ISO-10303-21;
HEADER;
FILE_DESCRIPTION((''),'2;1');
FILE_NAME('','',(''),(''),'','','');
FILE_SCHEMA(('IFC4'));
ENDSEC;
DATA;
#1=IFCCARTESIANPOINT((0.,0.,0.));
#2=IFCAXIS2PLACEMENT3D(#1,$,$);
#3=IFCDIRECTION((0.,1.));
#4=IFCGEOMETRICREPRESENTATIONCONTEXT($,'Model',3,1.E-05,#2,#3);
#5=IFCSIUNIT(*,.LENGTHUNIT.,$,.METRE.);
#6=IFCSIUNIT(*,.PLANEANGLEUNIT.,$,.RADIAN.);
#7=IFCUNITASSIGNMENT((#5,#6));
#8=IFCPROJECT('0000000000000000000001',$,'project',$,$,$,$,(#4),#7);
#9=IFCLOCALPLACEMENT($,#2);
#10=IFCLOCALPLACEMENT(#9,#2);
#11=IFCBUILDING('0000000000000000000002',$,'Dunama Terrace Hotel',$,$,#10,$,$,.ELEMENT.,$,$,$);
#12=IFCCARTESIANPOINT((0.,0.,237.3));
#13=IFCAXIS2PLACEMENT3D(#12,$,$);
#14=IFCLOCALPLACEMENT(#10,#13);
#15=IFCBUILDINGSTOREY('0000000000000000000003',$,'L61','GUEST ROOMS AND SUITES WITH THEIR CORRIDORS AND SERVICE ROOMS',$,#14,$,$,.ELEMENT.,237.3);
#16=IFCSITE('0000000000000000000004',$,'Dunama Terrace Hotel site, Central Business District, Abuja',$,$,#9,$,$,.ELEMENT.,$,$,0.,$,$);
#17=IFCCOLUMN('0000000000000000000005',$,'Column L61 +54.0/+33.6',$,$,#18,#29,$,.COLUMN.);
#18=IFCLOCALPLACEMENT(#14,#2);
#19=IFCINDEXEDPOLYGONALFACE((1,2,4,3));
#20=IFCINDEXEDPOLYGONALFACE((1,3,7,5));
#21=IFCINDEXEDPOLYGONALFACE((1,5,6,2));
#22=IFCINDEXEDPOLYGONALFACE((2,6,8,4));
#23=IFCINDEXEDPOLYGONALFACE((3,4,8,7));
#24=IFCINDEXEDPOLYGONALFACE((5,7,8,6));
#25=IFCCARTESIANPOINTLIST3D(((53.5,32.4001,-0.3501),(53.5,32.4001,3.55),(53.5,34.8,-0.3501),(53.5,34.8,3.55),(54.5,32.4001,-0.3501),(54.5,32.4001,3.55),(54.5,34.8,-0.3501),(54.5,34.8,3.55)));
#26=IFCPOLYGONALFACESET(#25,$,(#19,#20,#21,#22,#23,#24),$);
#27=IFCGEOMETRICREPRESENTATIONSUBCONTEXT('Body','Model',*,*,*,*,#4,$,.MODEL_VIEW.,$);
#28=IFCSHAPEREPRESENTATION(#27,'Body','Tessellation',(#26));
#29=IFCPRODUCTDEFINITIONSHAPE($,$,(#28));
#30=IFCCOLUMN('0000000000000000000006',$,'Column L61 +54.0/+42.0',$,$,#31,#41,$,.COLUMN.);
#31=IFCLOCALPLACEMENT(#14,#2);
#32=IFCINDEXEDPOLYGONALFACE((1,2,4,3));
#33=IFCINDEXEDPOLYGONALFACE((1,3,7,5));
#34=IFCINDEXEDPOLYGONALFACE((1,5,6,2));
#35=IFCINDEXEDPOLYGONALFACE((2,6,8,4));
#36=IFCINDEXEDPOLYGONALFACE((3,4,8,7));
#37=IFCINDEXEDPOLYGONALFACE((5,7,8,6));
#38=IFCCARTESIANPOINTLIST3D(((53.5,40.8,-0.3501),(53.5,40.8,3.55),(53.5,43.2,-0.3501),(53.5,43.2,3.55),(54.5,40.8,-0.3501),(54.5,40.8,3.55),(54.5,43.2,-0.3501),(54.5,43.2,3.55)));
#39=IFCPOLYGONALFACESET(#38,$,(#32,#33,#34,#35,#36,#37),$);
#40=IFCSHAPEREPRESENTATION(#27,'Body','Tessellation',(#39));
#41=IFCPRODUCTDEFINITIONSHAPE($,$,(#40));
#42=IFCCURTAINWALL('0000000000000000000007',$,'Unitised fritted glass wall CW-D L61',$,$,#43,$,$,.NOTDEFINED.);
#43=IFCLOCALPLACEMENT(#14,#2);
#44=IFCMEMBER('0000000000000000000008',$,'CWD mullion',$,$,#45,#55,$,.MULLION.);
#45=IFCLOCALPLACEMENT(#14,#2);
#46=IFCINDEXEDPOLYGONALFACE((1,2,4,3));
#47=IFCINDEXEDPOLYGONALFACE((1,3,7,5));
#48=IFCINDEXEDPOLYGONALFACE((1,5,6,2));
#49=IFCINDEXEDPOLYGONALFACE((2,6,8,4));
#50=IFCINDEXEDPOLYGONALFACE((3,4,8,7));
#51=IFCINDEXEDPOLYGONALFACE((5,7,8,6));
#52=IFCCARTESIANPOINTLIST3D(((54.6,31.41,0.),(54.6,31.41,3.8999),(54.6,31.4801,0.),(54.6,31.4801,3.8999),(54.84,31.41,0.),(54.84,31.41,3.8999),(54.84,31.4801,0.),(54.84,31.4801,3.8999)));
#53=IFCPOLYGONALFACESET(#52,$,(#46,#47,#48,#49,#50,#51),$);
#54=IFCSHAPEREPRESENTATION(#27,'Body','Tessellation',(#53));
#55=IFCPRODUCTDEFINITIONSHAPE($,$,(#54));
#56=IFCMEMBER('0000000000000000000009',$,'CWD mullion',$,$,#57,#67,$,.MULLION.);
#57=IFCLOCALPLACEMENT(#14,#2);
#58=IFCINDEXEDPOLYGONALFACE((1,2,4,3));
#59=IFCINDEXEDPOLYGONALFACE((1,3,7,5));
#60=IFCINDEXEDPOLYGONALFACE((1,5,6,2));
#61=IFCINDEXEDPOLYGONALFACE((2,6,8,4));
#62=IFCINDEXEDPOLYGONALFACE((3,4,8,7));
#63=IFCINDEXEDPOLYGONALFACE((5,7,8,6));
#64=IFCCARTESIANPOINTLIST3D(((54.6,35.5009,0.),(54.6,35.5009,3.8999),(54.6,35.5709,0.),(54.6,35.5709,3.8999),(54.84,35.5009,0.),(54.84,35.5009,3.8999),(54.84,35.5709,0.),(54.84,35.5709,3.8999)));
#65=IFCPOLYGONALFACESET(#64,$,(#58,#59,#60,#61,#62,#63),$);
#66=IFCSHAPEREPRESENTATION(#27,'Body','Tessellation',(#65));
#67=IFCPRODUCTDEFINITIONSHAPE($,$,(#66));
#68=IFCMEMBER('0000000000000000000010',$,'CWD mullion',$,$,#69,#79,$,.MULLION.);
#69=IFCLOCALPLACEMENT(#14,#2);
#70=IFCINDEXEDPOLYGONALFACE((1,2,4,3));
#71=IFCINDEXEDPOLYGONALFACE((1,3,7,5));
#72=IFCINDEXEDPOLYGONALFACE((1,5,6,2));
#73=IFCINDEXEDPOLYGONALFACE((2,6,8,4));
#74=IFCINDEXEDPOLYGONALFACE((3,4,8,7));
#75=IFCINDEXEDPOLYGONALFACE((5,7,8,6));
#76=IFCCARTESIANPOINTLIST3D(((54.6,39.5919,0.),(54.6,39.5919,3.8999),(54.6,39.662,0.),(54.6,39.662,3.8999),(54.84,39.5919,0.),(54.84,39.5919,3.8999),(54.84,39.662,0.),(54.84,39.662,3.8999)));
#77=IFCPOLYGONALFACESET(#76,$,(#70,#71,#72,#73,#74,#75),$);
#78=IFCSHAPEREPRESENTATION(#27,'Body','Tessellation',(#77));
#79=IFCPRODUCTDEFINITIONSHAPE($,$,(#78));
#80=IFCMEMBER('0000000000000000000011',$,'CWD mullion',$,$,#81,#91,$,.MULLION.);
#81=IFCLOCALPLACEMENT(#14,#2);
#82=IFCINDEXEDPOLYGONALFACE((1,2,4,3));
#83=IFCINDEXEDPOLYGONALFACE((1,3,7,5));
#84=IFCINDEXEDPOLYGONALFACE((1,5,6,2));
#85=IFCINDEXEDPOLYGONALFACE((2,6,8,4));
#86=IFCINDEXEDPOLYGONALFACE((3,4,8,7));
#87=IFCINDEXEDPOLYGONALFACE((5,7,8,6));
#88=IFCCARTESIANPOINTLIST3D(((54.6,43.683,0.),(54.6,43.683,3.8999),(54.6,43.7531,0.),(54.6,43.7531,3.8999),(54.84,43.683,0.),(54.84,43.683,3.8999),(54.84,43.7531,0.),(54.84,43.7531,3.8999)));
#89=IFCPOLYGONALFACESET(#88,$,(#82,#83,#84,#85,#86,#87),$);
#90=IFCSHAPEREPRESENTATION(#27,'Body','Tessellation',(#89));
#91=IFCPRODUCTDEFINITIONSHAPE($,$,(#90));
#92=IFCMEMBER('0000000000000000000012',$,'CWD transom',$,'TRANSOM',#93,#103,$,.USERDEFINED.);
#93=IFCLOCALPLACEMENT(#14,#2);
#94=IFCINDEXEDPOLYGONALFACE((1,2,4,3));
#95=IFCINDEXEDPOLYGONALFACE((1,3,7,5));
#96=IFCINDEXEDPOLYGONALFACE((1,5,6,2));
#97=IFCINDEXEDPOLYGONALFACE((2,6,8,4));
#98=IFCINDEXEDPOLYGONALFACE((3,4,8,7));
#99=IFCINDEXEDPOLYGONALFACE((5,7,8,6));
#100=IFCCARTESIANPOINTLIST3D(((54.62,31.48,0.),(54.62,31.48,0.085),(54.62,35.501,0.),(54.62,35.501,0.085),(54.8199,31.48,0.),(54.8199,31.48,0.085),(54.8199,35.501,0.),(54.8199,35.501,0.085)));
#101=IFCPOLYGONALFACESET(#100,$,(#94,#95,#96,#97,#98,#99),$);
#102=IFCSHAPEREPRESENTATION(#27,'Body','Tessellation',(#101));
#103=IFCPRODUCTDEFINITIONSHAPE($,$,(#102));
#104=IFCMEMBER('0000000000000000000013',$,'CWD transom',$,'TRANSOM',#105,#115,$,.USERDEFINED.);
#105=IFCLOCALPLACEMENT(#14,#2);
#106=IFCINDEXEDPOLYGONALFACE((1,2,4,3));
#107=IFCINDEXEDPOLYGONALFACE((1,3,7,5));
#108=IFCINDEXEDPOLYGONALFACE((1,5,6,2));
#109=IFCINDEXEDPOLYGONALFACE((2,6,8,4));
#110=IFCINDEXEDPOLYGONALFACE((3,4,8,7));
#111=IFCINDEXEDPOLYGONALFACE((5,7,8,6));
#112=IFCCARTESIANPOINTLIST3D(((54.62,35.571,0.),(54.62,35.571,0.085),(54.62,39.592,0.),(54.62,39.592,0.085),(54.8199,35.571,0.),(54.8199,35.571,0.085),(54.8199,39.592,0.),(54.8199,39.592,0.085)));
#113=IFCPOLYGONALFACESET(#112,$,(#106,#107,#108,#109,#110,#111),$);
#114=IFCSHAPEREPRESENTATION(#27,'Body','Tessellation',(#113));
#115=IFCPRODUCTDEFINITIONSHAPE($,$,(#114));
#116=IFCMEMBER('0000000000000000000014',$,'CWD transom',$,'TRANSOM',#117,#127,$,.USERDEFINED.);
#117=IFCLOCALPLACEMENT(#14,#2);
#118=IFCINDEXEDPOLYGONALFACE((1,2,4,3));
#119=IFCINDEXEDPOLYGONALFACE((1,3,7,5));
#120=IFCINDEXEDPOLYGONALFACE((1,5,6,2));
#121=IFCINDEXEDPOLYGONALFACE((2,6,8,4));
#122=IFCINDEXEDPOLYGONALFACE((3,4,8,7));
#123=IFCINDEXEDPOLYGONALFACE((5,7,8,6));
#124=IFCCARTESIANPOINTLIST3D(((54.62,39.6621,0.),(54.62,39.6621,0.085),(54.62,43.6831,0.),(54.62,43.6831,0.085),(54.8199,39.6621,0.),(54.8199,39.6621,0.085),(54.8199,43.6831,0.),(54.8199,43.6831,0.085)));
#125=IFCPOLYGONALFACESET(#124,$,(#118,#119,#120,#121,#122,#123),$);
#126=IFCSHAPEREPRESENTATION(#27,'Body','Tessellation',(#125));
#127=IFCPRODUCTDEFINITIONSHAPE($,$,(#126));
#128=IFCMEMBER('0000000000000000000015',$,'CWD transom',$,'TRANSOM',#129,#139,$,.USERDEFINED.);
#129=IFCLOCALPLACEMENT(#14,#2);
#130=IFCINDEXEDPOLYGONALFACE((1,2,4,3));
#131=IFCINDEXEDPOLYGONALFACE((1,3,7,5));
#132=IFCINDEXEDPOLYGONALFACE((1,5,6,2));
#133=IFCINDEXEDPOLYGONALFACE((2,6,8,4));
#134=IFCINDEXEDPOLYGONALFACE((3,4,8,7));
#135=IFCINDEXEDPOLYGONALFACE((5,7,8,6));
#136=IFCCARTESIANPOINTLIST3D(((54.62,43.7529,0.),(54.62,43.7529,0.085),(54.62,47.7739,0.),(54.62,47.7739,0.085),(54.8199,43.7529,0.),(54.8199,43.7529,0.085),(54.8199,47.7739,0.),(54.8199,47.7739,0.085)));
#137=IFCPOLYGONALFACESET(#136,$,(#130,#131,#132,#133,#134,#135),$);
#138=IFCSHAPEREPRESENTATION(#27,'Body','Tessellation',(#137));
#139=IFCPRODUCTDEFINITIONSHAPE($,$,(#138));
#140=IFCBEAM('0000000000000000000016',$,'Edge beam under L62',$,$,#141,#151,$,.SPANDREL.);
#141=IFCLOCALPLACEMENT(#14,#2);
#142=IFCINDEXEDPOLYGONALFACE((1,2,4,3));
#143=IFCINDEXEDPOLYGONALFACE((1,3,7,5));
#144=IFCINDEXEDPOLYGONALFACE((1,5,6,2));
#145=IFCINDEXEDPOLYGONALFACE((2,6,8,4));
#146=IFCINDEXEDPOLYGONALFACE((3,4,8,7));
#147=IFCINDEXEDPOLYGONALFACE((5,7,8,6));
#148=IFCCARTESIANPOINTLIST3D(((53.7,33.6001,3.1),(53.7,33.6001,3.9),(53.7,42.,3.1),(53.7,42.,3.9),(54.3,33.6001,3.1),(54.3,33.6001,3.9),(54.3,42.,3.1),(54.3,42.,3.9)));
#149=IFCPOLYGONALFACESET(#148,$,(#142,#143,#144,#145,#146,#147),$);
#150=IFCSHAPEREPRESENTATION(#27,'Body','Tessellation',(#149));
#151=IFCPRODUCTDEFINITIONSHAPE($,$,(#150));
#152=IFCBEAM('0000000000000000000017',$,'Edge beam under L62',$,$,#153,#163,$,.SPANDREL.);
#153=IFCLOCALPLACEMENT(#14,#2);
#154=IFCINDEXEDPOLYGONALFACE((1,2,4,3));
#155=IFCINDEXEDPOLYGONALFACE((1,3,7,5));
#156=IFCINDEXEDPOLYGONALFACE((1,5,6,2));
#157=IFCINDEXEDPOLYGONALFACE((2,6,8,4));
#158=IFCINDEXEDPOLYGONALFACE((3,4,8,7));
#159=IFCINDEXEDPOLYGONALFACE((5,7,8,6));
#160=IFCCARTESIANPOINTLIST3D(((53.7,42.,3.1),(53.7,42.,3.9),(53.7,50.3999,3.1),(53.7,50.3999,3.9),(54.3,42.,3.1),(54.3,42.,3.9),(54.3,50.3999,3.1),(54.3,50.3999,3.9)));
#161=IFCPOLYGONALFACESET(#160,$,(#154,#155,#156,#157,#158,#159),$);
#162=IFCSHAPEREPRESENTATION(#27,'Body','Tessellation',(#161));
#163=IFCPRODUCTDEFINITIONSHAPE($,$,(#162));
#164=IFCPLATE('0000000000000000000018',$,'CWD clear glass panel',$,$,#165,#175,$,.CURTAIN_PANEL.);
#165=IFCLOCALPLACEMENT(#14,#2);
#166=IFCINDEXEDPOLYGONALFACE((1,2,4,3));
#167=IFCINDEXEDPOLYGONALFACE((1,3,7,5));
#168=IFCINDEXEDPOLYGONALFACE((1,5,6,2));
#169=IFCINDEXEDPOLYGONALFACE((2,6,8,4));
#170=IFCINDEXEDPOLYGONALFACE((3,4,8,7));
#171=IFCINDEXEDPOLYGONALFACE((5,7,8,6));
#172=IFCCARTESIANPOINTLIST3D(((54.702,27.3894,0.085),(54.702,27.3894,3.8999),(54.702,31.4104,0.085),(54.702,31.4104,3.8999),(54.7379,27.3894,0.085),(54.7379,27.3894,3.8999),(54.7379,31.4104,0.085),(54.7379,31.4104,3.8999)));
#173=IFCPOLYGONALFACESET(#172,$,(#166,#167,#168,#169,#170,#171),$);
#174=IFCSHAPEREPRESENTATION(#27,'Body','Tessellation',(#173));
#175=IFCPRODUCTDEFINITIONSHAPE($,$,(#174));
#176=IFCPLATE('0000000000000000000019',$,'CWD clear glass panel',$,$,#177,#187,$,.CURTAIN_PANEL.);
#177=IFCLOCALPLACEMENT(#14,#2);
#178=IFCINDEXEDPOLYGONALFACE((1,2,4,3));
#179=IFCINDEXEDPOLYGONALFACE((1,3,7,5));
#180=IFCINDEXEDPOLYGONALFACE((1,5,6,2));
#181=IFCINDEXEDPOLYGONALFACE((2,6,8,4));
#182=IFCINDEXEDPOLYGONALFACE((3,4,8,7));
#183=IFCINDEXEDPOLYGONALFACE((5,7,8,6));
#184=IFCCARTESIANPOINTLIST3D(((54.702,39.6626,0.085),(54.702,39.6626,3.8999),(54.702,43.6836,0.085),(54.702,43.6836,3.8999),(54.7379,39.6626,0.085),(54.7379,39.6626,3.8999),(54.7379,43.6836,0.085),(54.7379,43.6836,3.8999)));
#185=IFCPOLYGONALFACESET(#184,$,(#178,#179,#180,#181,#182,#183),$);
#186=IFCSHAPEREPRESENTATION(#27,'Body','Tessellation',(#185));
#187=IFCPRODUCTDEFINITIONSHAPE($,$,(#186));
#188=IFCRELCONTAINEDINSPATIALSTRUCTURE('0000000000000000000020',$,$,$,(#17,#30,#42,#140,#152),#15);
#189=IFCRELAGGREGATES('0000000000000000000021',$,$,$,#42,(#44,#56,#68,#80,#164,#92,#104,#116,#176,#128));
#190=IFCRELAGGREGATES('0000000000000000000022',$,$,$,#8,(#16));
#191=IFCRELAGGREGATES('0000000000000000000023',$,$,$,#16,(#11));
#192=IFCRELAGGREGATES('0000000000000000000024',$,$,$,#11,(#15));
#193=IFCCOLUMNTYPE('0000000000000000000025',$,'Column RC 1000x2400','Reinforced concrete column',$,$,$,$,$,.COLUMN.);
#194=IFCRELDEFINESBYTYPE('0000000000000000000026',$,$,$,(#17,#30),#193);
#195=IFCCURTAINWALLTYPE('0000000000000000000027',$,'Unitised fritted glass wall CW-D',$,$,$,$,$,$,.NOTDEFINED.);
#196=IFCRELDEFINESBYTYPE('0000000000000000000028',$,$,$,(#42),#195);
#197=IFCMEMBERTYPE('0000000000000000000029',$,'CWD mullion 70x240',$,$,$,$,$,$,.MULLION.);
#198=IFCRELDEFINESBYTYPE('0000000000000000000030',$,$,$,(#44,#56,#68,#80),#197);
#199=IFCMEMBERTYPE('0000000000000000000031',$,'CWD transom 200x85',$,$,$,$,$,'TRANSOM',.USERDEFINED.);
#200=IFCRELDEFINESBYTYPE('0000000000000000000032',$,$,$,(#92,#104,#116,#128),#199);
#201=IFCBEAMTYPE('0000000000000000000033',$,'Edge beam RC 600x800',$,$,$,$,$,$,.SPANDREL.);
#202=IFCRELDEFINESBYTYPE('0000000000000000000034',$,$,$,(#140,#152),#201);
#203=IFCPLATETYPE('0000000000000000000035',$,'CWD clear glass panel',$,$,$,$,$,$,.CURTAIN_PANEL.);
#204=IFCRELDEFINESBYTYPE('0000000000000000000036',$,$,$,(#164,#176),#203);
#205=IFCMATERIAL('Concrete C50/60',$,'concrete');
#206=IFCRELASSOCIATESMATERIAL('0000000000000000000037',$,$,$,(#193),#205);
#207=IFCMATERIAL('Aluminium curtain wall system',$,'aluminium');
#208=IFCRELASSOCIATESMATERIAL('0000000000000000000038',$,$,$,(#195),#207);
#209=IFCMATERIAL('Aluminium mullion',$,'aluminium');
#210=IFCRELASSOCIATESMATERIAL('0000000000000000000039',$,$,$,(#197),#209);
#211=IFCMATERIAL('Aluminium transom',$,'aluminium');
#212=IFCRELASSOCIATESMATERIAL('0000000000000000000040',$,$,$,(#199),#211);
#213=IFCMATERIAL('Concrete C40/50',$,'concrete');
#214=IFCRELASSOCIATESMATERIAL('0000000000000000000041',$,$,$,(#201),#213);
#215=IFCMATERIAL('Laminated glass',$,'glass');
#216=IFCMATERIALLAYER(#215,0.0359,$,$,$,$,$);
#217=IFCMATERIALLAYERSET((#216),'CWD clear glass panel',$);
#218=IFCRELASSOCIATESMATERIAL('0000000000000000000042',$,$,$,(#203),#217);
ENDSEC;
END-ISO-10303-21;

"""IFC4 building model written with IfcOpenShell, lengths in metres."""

from ifc_helpers import new_model, si_unit, direction, frame, origin, origin_2d, place, context, subcontext, project, spatial, rectangle, extrude, material, layer, layer_set, material_profile, profile_set, type_object, element, aggregate, save


model = new_model("IFC4")

# Units and contexts
model_context = context("Model", 3, precision=1e-05, world=origin(), true_north=direction((0.0, 1.0)))
body_context = subcontext(model_context, "Body", "Model", "MODEL_VIEW")
ifc_project = project(units=[si_unit("LENGTHUNIT", "METRE"), si_unit("PLANEANGLEUNIT", "RADIAN")], contexts=[model_context])

# Site, building, storey
site_placement = place(None, origin())
site = spatial("IfcSite", under=ifc_project, at=site_placement, Name="Dunama Terrace Hotel site, Central Business District, Abuja", CompositionType="ELEMENT", RefElevation=0.0)
building_placement = place(site_placement, origin())
building = spatial("IfcBuilding", under=site, at=building_placement, Name="Dunama Terrace Hotel", CompositionType="ELEMENT")
storey_placement = place(building_placement, frame((0.0, 0.0, 237.3)))
storey = spatial("IfcBuildingStorey", under=building, at=storey_placement, Name="L61", Description="GUEST ROOMS AND SUITES WITH THEIR CORRIDORS AND SERVICE ROOMS", CompositionType="ELEMENT", Elevation=237.3)

# Columns
ifc_material_1 = material(Name="Concrete C50/60", Category="concrete")
ifc_material_profile_1 = material_profile(ifc_material_1, rectangle(XDim=1.0, YDim=2.3999, at=origin_2d()), Name="RC 1000x2400")
ifc_profile_set_1 = profile_set([ifc_material_profile_1], Name="Concrete C50/60")
column_type = type_object("IfcColumnType", Name="Column RC 1000x2400", Description="Reinforced concrete column", PredefinedType="COLUMN", material=ifc_profile_set_1)
for number, where, z_axis, x_axis, name in (
    (1, (54.0, 33.6001, -0.3501), (0.0, 0.0, 1.0), (1.0, 0.0, 0.0), "Column L61 +54.0/+33.6"),
    (2, (54.0, 42.0, -0.3501), (0.0, 0.0, 1.0), (1.0, 0.0, 0.0), "Column L61 +54.0/+42.0"),
):
    element("IfcColumn", number, at=place(storey_placement, frame(where, z_axis=z_axis, x_axis=x_axis)), inside=storey, type_object=column_type, Name=name, PredefinedType="COLUMN", context=body_context, shape_type="SweptSolid", body=[
        extrude(rectangle(XDim=1.0, YDim=2.3999, at=origin_2d()), origin(), (0.0, 0.0, 1.0), 3.9001),
    ])

# Curtain wall, members
ifc_material_2 = material(Name="Aluminium curtain wall system", Category="aluminium")
curtain_wall_type = type_object("IfcCurtainWallType", Name="Unitised fritted glass wall CW-D", PredefinedType="NOTDEFINED", material=ifc_material_2)
curtain_wall_placement = place(storey_placement, origin())
curtain_wall = element("IfcCurtainWall", 3, at=curtain_wall_placement, inside=storey, type_object=curtain_wall_type, Name="Unitised fritted glass wall CW-D L61", PredefinedType="NOTDEFINED")
ifc_material_3 = material(Name="Aluminium mullion", Category="aluminium")
ifc_material_profile_2 = material_profile(ifc_material_3, rectangle(XDim=0.0701, YDim=0.24, at=origin_2d()), Name="CWD MULLION 70X240")
ifc_profile_set_2 = profile_set([ifc_material_profile_2], Name="Aluminium mullion")
member_type_1 = type_object("IfcMemberType", Name="CWD mullion 70x240", PredefinedType="MULLION", material=ifc_profile_set_2)
member_1_placement = place(storey_placement, frame((54.72, 31.4451, 0.0), z_axis=(0.0, 0.0, 1.0), x_axis=(0.0, 1.0, 0.0)))
member_1 = element("IfcMember", 4, at=member_1_placement, type_object=member_type_1, Name="CWD mullion", PredefinedType="MULLION", context=body_context, shape_type="SweptSolid", body=[
    extrude(rectangle(XDim=0.0701, YDim=0.24, at=origin_2d()), origin(), (0.0, 0.0, 1.0), 3.8999),
])
member_2_placement = place(storey_placement, frame((54.72, 35.5359, 0.0), z_axis=(0.0, 0.0, 1.0), x_axis=(0.0, 1.0, 0.0)))
member_2 = element("IfcMember", 5, at=member_2_placement, type_object=member_type_1, Name="CWD mullion", PredefinedType="MULLION", context=body_context, shape_type="SweptSolid", body=[
    extrude(rectangle(XDim=0.0701, YDim=0.24, at=origin_2d()), origin(), (0.0, 0.0, 1.0), 3.8999),
])
member_3_placement = place(storey_placement, frame((54.72, 39.627, 0.0), z_axis=(0.0, 0.0, 1.0), x_axis=(0.0, 1.0, 0.0)))
member_3 = element("IfcMember", 6, at=member_3_placement, type_object=member_type_1, Name="CWD mullion", PredefinedType="MULLION", context=body_context, shape_type="SweptSolid", body=[
    extrude(rectangle(XDim=0.0701, YDim=0.24, at=origin_2d()), origin(), (0.0, 0.0, 1.0), 3.8999),
])
member_4_placement = place(storey_placement, frame((54.72, 43.718, 0.0), z_axis=(0.0, 0.0, 1.0), x_axis=(0.0, 1.0, 0.0)))
member_4 = element("IfcMember", 7, at=member_4_placement, type_object=member_type_1, Name="CWD mullion", PredefinedType="MULLION", context=body_context, shape_type="SweptSolid", body=[
    extrude(rectangle(XDim=0.0701, YDim=0.24, at=origin_2d()), origin(), (0.0, 0.0, 1.0), 3.8999),
])
ifc_material_4 = material(Name="Aluminium transom", Category="aluminium")
ifc_material_profile_3 = material_profile(ifc_material_4, rectangle(XDim=0.2, YDim=0.085, at=origin_2d()), Name="CWD TRANSOM 200X85")
ifc_profile_set_3 = profile_set([ifc_material_profile_3], Name="Aluminium transom")
member_type_2 = type_object("IfcMemberType", Name="CWD transom 200x85", ElementType="TRANSOM", PredefinedType="USERDEFINED", material=ifc_profile_set_3)
member_5_placement = place(storey_placement, frame((54.72, 31.48, 0.0425), z_axis=(0.0, 1.0, 0.0), x_axis=(-1.0, 0.0, 0.0)))
member_5 = element("IfcMember", 8, at=member_5_placement, type_object=member_type_2, Name="CWD transom", ObjectType="TRANSOM", PredefinedType="USERDEFINED", context=body_context, shape_type="SweptSolid", body=[
    extrude(rectangle(XDim=0.2, YDim=0.085, at=origin_2d()), origin(), (0.0, 0.0, 1.0), 4.021),
])
member_6_placement = place(storey_placement, frame((54.72, 35.571, 0.0425), z_axis=(0.0, 1.0, 0.0), x_axis=(-1.0, 0.0, 0.0)))
member_6 = element("IfcMember", 9, at=member_6_placement, type_object=member_type_2, Name="CWD transom", ObjectType="TRANSOM", PredefinedType="USERDEFINED", context=body_context, shape_type="SweptSolid", body=[
    extrude(rectangle(XDim=0.2, YDim=0.085, at=origin_2d()), origin(), (0.0, 0.0, 1.0), 4.021),
])
member_7_placement = place(storey_placement, frame((54.72, 39.6621, 0.0425), z_axis=(0.0, 1.0, 0.0), x_axis=(-1.0, 0.0, 0.0)))
member_7 = element("IfcMember", 10, at=member_7_placement, type_object=member_type_2, Name="CWD transom", ObjectType="TRANSOM", PredefinedType="USERDEFINED", context=body_context, shape_type="SweptSolid", body=[
    extrude(rectangle(XDim=0.2, YDim=0.085, at=origin_2d()), origin(), (0.0, 0.0, 1.0), 4.021),
])
member_8_placement = place(storey_placement, frame((54.72, 43.7529, 0.0425), z_axis=(0.0, 1.0, 0.0), x_axis=(-1.0, 0.0, 0.0)))
member_8 = element("IfcMember", 11, at=member_8_placement, type_object=member_type_2, Name="CWD transom", ObjectType="TRANSOM", PredefinedType="USERDEFINED", context=body_context, shape_type="SweptSolid", body=[
    extrude(rectangle(XDim=0.2, YDim=0.085, at=origin_2d()), origin(), (0.0, 0.0, 1.0), 4.021),
])

# Beams
ifc_material_5 = material(Name="Concrete C40/50", Category="concrete")
ifc_material_profile_4 = material_profile(ifc_material_5, rectangle(XDim=0.6001, YDim=0.8, at=origin_2d()), Name="RC 600x800")
ifc_profile_set_4 = profile_set([ifc_material_profile_4], Name="Concrete C40/50")
beam_type = type_object("IfcBeamType", Name="Edge beam RC 600x800", PredefinedType="SPANDREL", material=ifc_profile_set_4)
for number, where, z_axis, x_axis, name in (
    (12, (54.0, 33.6001, 3.5), (0.0, 1.0, 0.0), (-1.0, 0.0, 0.0), "Edge beam under L62"),
    (13, (54.0, 42.0, 3.5), (0.0, 1.0, 0.0), (-1.0, 0.0, 0.0), "Edge beam under L62"),
):
    element("IfcBeam", number, at=place(storey_placement, frame(where, z_axis=z_axis, x_axis=x_axis)), inside=storey, type_object=beam_type, Name=name, PredefinedType="SPANDREL", context=body_context, shape_type="SweptSolid", body=[
        extrude(rectangle(XDim=0.6001, YDim=0.8, at=origin_2d()), origin(), (0.0, 0.0, 1.0), 8.3999),
    ])

# Plates
ifc_material_6 = material(Name="Laminated glass", Category="glass")
ifc_layer_1 = layer(ifc_material_6, 0.0359)
ifc_layer_set_1 = layer_set([ifc_layer_1], Name="CWD clear glass panel")
plate_type_1 = type_object("IfcPlateType", Name="CWD clear glass panel", PredefinedType="CURTAIN_PANEL", material=ifc_layer_set_1)
plate_1_placement = place(storey_placement, frame((54.72, 29.3999, 0.085), z_axis=(0.0, 0.0, 1.0), x_axis=(0.0, 1.0, 0.0)))
plate_1 = element("IfcPlate", 14, at=plate_1_placement, type_object=plate_type_1, Name="CWD clear glass panel", PredefinedType="CURTAIN_PANEL", context=body_context, shape_type="SweptSolid", body=[
    extrude(rectangle(XDim=4.021, YDim=0.0359, at=origin_2d()), origin(), (0.0, 0.0, 1.0), 3.8149),
])
plate_2_placement = place(storey_placement, frame((54.72, 41.6731, 0.085), z_axis=(0.0, 0.0, 1.0), x_axis=(0.0, 1.0, 0.0)))
plate_2 = element("IfcPlate", 15, at=plate_2_placement, type_object=plate_type_1, Name="CWD clear glass panel", PredefinedType="CURTAIN_PANEL", context=body_context, shape_type="SweptSolid", body=[
    extrude(rectangle(XDim=4.021, YDim=0.0359, at=origin_2d()), origin(), (0.0, 0.0, 1.0), 3.8149),
])
aggregate(curtain_wall, [member_1, member_2, member_3, member_4, plate_1, member_5, member_6, member_7, plate_2, member_8])

save(model, "model.ifc")
